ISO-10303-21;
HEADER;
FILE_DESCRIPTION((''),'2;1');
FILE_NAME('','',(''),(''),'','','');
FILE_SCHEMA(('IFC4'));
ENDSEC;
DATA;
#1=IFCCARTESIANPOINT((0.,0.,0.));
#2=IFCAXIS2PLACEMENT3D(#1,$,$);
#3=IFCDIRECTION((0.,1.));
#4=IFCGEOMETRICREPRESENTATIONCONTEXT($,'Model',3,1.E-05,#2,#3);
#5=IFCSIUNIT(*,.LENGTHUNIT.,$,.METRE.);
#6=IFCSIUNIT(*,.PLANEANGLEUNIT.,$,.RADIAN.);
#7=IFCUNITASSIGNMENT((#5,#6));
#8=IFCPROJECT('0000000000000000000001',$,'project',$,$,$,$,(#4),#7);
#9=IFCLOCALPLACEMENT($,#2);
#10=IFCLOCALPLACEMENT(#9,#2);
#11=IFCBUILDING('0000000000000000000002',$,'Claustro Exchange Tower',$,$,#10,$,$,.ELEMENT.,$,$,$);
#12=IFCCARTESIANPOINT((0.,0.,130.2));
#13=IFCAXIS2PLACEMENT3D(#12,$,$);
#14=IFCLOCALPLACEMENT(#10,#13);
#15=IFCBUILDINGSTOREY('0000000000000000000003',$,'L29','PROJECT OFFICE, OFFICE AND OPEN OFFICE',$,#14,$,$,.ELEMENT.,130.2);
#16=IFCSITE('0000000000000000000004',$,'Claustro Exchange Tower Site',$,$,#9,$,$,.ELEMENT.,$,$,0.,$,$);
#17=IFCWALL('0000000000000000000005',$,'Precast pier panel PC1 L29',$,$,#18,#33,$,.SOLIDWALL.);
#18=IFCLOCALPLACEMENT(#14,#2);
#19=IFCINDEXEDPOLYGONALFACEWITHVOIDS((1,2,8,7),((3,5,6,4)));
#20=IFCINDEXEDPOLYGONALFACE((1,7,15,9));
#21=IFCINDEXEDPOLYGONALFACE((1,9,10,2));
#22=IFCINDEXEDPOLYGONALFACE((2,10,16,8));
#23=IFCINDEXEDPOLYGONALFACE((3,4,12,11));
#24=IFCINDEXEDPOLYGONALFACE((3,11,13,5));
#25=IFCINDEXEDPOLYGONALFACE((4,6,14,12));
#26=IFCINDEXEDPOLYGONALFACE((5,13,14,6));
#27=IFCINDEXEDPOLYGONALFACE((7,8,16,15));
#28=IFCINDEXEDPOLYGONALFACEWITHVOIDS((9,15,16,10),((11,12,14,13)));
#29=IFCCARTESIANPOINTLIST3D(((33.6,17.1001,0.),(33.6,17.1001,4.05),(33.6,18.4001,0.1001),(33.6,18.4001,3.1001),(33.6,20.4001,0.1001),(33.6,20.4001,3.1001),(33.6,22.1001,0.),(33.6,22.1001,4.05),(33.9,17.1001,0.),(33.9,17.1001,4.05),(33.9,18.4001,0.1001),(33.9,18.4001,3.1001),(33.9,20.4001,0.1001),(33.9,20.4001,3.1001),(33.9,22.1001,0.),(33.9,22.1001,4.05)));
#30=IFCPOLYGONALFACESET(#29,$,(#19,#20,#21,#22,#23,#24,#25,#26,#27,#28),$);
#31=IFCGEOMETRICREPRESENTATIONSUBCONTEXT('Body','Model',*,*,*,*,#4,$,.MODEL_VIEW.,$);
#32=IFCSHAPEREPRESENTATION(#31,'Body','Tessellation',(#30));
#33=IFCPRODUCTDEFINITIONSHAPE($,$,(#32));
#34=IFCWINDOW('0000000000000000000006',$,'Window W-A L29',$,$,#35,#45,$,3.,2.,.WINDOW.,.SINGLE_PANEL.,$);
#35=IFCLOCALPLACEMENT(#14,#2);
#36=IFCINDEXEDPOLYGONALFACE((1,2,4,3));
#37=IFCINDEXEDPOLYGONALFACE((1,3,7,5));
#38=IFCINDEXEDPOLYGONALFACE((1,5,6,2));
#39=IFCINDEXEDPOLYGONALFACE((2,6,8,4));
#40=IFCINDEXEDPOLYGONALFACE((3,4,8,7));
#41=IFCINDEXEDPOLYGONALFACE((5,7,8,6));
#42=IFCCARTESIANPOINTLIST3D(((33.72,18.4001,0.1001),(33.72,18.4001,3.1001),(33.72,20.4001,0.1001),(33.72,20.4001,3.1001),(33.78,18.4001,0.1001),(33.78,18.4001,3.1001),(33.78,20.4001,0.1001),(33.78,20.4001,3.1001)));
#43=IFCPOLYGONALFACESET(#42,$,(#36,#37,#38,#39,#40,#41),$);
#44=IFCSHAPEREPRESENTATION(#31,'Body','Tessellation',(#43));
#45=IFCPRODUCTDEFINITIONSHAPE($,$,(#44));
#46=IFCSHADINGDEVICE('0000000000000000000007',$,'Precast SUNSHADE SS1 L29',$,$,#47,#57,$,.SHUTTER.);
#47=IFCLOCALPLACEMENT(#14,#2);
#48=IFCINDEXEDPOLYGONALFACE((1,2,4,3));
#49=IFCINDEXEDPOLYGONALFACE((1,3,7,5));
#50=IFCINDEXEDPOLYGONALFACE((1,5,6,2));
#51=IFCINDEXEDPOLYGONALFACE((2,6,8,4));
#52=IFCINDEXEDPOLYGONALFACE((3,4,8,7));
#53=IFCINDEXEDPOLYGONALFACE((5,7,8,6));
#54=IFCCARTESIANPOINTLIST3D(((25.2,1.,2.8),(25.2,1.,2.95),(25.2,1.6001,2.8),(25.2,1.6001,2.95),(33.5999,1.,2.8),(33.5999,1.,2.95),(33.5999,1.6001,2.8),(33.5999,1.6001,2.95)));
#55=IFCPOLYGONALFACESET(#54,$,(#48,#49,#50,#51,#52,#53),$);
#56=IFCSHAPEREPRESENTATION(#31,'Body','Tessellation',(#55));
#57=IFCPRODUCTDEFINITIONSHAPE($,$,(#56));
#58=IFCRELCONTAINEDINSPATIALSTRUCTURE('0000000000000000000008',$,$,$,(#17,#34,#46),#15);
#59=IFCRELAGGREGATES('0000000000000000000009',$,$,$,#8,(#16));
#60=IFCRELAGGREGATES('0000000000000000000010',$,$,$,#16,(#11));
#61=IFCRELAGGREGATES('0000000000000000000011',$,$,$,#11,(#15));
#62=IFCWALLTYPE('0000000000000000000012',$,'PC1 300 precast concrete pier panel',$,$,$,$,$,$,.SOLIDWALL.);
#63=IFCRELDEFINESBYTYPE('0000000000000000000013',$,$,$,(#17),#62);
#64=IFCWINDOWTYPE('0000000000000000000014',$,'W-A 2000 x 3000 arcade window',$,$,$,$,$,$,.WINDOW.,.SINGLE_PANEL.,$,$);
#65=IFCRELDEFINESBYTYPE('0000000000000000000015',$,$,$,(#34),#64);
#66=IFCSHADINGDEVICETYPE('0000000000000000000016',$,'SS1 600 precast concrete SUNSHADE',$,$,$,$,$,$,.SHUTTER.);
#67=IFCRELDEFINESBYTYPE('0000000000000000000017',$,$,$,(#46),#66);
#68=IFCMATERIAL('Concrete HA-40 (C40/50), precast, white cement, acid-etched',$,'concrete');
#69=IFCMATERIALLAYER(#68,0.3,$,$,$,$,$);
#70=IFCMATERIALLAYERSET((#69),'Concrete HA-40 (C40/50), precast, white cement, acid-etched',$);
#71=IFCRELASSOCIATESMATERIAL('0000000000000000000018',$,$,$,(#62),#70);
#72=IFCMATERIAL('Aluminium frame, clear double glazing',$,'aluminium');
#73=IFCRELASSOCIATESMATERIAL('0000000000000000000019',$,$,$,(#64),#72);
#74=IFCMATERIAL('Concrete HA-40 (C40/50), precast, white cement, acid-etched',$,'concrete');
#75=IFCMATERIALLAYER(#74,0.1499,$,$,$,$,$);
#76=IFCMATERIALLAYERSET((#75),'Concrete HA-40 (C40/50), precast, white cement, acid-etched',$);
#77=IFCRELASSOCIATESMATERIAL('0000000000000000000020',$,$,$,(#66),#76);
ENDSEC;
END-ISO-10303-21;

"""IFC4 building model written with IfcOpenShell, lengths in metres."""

from ifc_helpers import new_model, si_unit, direction, frame, frame_2d, origin, origin_2d, place, context, subcontext, project, spatial, rectangle, extrude, material, layer, layer_set, type_object, element, fill, save


model = new_model("IFC4")

# Units and contexts
model_context = context("Model", 3, precision=1e-05, world=origin(), true_north=direction((0.0, 1.0)))
body_context = subcontext(model_context, "Body", "Model", "MODEL_VIEW")
ifc_project = project(units=[si_unit("LENGTHUNIT", "METRE"), si_unit("PLANEANGLEUNIT", "RADIAN")], contexts=[model_context])

# Site, building, storey
site_placement = place(None, origin())
site = spatial("IfcSite", under=ifc_project, at=site_placement, Name="Claustro Exchange Tower Site", CompositionType="ELEMENT", RefElevation=0.0)
building_placement = place(site_placement, origin())
building = spatial("IfcBuilding", under=site, at=building_placement, Name="Claustro Exchange Tower", CompositionType="ELEMENT")
storey_placement = place(building_placement, frame((0.0, 0.0, 130.2)))
storey = spatial("IfcBuildingStorey", under=building, at=storey_placement, Name="L29", Description="PROJECT OFFICE, OFFICE AND OPEN OFFICE", CompositionType="ELEMENT", Elevation=130.2)

# Shared definitions
ifc_material_1 = material(Name="Concrete HA-40 (C40/50), precast, white cement, acid-etched", Category="concrete")
ifc_layer_1 = layer(ifc_material_1, 0.3)
ifc_layer_set_1 = layer_set([ifc_layer_1], Name="Concrete HA-40 (C40/50), precast, white cement, acid-etched")
wall_type_1 = type_object("IfcWallType", Name="PC1 300 precast concrete pier panel", PredefinedType="SOLIDWALL", material=ifc_layer_set_1)

# Wall, opening, window
wall_1_placement = place(storey_placement, frame((33.75, 17.1001, 0.0), z_axis=(0.0, 0.0, 1.0), x_axis=(0.0, 1.0, 0.0)))
wall_1 = element("IfcWall", 1, at=wall_1_placement, inside=storey, type_object=wall_type_1, Name="Precast pier panel PC1 L29", PredefinedType="SOLIDWALL", context=body_context, shape_type="SweptSolid", body=[
    extrude(rectangle(XDim=5.0, YDim=0.3, at=frame_2d((2.5, 0.0))), origin(), (0.0, 0.0, 1.0), 4.05),
])
opening_1_placement = place(wall_1_placement, frame((1.3, 0.0, 0.1001)))
opening_1 = element("IfcOpeningElement", 2, at=opening_1_placement, cuts=wall_1, PredefinedType="OPENING", context=body_context, shape_type="SweptSolid", body=[
    extrude(rectangle(XDim=2.0, YDim=3.0, at=frame_2d((1.0, 1.5))), frame((0.0, 0.1599, 0.0), z_axis=(0.0, -1.0, 0.0), x_axis=(1.0, 0.0, 0.0)), (0.0, 0.0, 1.0), 0.3201),
])
ifc_material_2 = material(Name="Aluminium frame, clear double glazing", Category="aluminium")
window_type_1 = type_object("IfcWindowType", Name="W-A 2000 x 3000 arcade window", PartitioningType="SINGLE_PANEL", PredefinedType="WINDOW", material=ifc_material_2)
window_1_placement = place(opening_1_placement, origin())
window_1 = element("IfcWindow", 3, at=window_1_placement, inside=storey, type_object=window_type_1, Name="Window W-A L29", OverallHeight=3.0, OverallWidth=2.0, PartitioningType="SINGLE_PANEL", PredefinedType="WINDOW", context=body_context, shape_type="SweptSolid", body=[
    extrude(rectangle(XDim=2.0, YDim=3.0, at=frame_2d((1.0, 1.5))), frame((0.0, 0.03, 0.0), z_axis=(0.0, -1.0, 0.0), x_axis=(1.0, 0.0, 0.0)), (0.0, 0.0, 1.0), 0.0601),
])
fill(opening_1, window_1)

# Shading device
ifc_material_3 = material(Name="Concrete HA-40 (C40/50), precast, white cement, acid-etched", Category="concrete")
ifc_layer_2 = layer(ifc_material_3, 0.1499)
ifc_layer_set_2 = layer_set([ifc_layer_2], Name="Concrete HA-40 (C40/50), precast, white cement, acid-etched")
shading_device_type = type_object("IfcShadingDeviceType", Name="SS1 600 precast concrete SUNSHADE", PredefinedType="SHUTTER", material=ifc_layer_set_2)
shading_device_placement = place(storey_placement, frame((29.3999, 1.3, 2.8), z_axis=(0.0, 0.0, 1.0), x_axis=(-1.0, 0.0, 0.0)))
element("IfcShadingDevice", 4, at=shading_device_placement, inside=storey, type_object=shading_device_type, Name="Precast SUNSHADE SS1 L29", PredefinedType="SHUTTER", context=body_context, shape_type="SweptSolid", body=[
    extrude(rectangle(XDim=8.3999, YDim=0.6001, at=origin_2d()), origin(), (0.0, 0.0, 1.0), 0.1499),
])

save(model, "model.ifc")
